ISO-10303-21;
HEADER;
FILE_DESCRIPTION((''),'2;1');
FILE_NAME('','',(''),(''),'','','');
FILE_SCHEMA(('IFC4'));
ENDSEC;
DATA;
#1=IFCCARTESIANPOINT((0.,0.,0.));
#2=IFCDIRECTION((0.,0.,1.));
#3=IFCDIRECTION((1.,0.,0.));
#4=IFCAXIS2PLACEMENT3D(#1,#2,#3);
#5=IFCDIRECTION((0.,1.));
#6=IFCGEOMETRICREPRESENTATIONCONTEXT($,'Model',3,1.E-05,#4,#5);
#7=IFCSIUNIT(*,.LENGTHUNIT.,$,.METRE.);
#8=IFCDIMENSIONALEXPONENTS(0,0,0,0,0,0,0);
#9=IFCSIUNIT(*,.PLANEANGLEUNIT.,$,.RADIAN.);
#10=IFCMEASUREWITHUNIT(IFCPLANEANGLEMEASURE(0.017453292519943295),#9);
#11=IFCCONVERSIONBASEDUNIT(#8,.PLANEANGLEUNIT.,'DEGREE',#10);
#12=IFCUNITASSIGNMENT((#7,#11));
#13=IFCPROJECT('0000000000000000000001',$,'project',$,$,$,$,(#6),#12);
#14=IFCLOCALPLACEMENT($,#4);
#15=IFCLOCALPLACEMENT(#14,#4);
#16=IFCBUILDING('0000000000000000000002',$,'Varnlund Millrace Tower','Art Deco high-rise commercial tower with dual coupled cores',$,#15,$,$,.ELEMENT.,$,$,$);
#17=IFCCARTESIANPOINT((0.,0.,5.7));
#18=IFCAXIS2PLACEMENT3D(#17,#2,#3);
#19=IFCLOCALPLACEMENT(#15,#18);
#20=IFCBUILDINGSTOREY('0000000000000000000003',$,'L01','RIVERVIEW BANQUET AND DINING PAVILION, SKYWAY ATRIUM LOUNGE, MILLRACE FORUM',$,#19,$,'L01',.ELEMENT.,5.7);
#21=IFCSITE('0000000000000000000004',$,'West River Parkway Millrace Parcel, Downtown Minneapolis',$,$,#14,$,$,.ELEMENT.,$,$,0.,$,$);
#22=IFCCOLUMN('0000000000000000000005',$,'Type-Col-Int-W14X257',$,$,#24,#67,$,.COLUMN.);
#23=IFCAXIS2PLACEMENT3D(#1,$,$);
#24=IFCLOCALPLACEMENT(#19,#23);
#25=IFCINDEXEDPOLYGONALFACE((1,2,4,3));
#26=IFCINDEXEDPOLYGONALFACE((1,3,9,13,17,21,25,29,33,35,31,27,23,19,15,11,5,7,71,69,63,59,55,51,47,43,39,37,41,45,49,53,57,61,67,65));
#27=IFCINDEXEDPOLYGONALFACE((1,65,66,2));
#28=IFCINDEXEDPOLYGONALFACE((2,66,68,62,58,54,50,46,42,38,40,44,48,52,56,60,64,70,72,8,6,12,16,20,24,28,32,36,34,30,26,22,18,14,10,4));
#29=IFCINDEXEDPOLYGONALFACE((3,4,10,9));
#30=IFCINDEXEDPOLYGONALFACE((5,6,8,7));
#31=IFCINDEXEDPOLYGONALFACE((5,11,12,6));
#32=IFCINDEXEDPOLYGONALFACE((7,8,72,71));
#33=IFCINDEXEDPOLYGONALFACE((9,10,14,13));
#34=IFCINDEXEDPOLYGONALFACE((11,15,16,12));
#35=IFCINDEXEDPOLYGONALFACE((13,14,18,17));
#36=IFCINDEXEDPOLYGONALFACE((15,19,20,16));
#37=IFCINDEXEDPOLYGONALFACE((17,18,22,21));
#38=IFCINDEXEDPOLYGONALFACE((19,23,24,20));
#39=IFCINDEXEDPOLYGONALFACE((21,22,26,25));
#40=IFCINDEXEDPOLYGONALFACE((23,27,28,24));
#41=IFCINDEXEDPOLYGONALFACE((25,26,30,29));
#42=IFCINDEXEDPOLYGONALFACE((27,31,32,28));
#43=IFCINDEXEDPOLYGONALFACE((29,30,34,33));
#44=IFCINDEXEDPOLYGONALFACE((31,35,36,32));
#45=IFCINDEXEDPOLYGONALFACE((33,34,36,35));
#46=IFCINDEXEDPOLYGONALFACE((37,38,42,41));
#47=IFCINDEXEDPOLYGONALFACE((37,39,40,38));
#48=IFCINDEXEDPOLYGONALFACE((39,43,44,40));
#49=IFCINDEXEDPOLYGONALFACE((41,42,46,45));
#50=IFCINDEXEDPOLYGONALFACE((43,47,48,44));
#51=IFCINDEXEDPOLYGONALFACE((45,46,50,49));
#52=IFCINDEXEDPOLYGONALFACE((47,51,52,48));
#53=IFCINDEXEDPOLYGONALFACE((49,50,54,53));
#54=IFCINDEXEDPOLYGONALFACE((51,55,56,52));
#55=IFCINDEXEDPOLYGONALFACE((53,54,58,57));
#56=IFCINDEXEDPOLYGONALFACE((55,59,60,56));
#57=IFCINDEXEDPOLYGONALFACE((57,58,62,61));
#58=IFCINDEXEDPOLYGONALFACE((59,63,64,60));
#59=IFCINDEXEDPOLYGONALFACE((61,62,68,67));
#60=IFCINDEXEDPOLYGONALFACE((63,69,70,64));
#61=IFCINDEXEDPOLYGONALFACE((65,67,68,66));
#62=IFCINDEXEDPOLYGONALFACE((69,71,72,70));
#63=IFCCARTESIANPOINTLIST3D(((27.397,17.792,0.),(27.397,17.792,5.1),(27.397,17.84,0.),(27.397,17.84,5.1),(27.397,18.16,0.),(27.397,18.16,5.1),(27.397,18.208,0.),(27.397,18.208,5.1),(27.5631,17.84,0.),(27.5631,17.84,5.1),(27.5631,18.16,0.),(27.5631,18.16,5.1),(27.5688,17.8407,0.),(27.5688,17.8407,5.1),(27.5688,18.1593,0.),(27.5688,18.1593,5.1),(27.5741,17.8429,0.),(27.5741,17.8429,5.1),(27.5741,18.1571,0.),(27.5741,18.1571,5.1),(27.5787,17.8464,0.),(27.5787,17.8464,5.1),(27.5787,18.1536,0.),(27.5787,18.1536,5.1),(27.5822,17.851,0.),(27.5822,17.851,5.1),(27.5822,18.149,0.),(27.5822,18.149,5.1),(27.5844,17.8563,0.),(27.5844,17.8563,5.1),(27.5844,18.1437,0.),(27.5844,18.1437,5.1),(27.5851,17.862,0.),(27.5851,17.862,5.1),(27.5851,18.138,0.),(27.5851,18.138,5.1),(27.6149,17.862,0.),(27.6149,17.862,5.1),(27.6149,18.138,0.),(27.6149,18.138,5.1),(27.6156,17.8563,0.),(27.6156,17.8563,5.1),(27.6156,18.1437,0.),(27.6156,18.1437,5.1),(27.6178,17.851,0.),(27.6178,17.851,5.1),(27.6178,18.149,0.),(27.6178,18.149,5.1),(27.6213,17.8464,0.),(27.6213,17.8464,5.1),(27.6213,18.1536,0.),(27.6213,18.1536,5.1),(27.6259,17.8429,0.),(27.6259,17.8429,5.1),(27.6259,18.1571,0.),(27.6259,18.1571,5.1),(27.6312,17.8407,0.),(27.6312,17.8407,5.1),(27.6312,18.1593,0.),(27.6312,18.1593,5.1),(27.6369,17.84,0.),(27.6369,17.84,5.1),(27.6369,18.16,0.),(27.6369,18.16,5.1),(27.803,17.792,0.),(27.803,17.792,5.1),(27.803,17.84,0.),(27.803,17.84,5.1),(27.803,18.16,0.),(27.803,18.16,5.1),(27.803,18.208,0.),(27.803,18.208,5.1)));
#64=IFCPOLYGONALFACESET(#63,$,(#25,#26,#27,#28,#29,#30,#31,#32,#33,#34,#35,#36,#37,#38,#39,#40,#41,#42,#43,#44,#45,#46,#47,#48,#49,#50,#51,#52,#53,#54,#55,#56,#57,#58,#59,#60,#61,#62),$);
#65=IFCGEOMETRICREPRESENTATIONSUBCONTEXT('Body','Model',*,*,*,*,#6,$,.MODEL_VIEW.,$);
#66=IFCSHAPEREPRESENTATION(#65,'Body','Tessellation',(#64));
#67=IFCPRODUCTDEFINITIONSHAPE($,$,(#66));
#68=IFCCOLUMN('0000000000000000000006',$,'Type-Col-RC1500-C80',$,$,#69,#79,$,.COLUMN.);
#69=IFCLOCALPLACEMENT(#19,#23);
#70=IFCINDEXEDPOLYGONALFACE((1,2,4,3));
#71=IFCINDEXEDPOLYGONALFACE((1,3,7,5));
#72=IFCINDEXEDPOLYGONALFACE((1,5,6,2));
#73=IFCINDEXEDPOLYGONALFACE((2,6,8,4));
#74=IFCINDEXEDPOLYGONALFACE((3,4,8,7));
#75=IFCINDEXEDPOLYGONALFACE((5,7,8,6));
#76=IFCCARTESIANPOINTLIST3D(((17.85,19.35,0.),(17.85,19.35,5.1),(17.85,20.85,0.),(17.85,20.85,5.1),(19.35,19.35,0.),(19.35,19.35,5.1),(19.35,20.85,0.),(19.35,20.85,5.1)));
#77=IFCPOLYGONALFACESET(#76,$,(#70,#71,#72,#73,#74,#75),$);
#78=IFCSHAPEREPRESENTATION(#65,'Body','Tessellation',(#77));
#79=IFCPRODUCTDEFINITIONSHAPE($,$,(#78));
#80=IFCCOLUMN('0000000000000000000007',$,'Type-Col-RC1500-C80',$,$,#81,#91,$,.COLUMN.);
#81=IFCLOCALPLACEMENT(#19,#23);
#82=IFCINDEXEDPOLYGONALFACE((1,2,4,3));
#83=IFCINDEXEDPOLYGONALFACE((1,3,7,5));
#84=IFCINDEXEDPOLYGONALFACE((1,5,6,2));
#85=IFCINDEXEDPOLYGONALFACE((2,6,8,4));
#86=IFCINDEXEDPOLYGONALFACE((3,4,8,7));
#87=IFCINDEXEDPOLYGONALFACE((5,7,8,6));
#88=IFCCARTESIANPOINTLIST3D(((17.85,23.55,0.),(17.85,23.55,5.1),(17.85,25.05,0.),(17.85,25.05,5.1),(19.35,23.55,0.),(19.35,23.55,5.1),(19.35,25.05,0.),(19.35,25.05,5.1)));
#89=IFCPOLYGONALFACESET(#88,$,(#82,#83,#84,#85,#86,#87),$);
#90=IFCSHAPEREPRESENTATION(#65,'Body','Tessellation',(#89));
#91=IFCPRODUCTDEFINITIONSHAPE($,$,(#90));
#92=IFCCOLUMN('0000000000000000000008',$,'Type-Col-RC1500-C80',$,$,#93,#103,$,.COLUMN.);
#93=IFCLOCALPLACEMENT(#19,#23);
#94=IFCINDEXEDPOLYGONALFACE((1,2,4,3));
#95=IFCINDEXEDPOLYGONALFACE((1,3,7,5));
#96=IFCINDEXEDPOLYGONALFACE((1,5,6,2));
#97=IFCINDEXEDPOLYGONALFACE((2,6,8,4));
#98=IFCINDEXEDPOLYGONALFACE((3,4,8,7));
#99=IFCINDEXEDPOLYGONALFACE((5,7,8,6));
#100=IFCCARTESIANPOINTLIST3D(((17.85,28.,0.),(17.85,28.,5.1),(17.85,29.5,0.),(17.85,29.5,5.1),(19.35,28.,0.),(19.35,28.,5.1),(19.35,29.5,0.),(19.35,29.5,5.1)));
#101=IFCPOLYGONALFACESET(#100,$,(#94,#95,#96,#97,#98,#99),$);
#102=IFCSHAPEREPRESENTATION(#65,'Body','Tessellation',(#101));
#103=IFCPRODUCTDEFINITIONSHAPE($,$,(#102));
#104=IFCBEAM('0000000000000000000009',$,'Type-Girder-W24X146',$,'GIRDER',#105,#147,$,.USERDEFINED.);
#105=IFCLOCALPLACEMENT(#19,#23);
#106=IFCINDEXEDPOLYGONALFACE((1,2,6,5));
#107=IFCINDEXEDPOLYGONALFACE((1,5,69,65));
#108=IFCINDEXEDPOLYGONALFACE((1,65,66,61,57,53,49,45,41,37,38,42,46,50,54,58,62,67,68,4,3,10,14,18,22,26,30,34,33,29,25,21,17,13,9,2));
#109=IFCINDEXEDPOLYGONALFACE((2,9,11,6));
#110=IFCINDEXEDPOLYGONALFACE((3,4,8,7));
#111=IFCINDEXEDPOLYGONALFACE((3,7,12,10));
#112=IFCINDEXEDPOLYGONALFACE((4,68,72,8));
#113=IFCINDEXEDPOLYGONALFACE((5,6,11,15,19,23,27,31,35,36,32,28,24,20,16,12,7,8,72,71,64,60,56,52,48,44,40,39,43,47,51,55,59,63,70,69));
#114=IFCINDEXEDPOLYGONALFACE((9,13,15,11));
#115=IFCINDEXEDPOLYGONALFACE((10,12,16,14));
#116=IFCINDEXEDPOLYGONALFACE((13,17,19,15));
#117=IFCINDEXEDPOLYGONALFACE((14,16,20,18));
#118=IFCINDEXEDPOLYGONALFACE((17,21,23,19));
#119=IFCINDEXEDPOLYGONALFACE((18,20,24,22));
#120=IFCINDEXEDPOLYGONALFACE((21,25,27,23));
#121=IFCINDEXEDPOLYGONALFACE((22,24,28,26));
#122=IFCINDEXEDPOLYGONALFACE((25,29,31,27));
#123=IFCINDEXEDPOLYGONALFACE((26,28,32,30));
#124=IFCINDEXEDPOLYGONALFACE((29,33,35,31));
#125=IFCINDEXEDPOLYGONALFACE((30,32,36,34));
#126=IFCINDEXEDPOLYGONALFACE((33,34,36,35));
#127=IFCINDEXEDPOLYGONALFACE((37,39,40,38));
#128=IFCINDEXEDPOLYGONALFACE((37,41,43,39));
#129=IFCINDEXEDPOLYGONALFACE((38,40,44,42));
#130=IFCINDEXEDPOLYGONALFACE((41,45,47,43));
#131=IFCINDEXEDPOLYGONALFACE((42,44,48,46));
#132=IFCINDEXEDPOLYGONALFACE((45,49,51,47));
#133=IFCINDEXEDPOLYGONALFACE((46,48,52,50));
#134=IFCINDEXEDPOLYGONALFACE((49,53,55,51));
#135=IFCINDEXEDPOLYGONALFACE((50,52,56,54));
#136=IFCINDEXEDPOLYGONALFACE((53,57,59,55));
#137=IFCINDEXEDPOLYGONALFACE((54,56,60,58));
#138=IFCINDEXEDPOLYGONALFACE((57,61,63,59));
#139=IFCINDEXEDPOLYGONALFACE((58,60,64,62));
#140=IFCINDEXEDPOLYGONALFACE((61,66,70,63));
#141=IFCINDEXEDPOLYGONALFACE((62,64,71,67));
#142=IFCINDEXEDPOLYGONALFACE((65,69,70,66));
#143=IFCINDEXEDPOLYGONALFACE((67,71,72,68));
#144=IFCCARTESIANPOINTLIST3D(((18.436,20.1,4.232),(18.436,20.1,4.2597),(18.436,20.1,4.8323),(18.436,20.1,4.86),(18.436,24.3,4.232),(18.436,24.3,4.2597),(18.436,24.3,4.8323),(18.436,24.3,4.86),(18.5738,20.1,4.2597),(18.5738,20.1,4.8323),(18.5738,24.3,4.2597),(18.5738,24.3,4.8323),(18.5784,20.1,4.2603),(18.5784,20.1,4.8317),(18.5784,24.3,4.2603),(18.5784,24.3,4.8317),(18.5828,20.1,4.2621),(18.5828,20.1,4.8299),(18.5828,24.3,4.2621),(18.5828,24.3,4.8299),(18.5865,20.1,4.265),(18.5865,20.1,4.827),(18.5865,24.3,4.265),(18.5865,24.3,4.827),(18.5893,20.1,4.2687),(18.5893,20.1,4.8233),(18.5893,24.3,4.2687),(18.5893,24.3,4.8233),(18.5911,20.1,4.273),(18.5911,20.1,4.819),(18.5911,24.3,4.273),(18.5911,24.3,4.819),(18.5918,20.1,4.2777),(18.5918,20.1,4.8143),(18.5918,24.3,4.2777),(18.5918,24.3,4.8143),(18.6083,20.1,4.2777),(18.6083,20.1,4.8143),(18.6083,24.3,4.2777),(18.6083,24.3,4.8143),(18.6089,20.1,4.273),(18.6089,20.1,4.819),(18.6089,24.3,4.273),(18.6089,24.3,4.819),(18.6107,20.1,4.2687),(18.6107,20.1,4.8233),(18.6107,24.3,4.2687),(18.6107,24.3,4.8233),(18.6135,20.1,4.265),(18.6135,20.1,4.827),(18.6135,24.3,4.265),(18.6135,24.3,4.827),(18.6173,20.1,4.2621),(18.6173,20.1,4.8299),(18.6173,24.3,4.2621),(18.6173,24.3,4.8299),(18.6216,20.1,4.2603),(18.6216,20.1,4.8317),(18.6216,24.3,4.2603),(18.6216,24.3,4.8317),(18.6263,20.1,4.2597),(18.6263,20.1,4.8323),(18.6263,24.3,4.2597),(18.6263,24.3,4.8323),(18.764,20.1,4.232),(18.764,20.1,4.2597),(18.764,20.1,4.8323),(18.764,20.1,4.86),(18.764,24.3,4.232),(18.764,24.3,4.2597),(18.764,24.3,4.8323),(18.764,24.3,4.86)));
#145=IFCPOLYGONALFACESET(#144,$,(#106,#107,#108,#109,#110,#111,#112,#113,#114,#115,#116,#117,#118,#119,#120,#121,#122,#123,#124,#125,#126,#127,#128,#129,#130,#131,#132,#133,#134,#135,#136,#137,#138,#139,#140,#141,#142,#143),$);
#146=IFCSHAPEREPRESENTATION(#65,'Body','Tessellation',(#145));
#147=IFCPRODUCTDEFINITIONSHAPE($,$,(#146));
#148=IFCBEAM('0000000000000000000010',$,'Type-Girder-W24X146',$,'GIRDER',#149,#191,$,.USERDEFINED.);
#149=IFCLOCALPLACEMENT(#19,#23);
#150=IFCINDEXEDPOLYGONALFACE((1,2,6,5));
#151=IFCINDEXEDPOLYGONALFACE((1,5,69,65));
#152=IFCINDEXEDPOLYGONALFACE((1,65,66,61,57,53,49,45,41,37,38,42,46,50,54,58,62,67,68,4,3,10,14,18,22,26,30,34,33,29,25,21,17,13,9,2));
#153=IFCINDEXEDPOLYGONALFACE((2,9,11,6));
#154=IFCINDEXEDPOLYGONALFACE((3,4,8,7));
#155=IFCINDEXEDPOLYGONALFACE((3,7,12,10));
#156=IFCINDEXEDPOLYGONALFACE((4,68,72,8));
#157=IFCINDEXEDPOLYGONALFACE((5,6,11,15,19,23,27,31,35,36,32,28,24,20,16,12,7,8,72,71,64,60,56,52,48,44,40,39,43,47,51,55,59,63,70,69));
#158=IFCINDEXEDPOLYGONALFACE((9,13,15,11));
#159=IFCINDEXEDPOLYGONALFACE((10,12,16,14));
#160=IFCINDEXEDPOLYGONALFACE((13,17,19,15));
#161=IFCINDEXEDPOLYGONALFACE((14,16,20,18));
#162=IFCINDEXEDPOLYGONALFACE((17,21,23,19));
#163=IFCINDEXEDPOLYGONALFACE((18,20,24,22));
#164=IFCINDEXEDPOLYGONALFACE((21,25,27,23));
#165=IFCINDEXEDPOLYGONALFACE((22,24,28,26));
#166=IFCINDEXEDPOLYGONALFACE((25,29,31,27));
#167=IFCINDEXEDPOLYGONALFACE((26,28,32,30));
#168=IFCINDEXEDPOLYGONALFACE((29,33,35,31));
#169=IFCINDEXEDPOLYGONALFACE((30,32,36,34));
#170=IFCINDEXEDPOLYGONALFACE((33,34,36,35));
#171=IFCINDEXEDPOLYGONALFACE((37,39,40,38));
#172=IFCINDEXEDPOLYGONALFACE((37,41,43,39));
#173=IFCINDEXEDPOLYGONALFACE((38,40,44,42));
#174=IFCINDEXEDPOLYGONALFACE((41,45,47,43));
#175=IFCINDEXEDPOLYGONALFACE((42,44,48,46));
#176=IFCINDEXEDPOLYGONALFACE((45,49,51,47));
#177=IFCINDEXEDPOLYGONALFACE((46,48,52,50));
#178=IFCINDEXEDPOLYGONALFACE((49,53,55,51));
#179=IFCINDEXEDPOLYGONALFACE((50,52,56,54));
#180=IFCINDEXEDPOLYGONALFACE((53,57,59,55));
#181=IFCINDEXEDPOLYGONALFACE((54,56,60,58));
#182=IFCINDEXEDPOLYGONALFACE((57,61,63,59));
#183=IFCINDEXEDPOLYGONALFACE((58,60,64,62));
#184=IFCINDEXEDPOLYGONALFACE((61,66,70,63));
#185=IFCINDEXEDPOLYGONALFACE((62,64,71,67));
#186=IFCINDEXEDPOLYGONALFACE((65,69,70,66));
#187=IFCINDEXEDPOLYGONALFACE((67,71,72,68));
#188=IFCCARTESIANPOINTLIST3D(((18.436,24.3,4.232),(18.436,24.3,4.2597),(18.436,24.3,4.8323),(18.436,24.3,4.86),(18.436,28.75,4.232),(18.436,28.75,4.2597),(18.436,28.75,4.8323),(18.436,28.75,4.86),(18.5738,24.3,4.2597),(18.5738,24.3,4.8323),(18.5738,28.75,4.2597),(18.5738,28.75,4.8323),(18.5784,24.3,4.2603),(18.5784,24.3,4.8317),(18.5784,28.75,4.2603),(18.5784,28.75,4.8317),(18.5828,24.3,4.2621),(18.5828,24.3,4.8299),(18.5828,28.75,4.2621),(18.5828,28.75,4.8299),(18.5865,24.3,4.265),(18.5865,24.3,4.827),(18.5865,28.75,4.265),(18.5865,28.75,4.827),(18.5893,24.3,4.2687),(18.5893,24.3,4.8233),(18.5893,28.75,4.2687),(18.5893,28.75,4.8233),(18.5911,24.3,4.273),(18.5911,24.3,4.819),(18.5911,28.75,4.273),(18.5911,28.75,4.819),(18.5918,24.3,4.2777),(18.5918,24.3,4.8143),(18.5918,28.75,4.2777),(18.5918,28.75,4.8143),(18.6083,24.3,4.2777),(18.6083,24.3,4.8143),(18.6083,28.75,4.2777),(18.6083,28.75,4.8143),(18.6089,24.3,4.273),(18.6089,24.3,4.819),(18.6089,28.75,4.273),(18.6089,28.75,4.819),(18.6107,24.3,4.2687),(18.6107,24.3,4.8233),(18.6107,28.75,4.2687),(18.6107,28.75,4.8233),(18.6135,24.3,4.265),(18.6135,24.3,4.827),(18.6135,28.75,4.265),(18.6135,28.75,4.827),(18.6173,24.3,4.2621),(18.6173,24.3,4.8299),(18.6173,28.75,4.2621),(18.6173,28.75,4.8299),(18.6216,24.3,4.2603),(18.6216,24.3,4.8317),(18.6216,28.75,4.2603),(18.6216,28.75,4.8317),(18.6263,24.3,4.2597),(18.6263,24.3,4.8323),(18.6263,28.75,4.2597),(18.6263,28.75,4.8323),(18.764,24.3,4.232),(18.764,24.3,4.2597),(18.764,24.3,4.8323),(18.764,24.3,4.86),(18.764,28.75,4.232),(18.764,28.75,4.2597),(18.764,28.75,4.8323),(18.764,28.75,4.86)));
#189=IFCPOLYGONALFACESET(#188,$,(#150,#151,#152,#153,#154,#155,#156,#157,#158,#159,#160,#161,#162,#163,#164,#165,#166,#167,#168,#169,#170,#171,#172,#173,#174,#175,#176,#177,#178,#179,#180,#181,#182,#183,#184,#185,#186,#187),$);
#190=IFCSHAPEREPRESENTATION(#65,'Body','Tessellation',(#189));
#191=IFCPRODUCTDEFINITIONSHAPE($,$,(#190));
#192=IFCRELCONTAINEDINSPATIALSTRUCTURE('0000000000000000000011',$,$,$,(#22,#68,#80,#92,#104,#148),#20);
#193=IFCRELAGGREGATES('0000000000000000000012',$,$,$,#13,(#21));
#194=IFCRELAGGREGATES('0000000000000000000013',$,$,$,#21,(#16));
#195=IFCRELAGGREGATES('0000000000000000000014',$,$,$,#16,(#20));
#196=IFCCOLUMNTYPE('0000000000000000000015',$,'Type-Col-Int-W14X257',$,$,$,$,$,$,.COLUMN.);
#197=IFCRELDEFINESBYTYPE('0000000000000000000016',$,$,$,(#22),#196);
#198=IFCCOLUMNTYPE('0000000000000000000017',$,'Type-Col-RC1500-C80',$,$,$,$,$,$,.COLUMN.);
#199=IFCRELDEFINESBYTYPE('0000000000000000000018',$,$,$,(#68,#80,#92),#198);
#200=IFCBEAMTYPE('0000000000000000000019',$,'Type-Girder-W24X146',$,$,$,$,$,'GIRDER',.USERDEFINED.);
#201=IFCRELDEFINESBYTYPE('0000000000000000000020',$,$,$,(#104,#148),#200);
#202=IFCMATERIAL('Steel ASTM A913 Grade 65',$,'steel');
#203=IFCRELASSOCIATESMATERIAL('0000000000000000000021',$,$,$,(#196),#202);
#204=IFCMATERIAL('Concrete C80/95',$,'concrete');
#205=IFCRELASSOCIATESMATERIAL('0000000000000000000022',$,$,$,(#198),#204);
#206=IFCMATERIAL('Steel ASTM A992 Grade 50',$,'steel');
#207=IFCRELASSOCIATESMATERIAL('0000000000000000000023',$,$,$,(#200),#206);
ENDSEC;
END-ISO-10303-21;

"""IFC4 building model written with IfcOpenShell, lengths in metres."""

from ifc_helpers import new_model, entity, si_unit, converted_unit, direction, frame, origin_with_axes, origin_2d_with_axis, place, context, subcontext, project, spatial, rectangle, i_section, extrude, material, material_profile, profile_set, type_object, element, save


model = new_model("IFC4")

# Units and contexts
model_context = context("Model", 3, precision=1e-05, world=origin_with_axes(), true_north=direction((0.0, 1.0)))
body_context = subcontext(model_context, "Body", "Model", "MODEL_VIEW")
ifc_project = project(units=[si_unit("LENGTHUNIT", "METRE"), converted_unit("PLANEANGLEUNIT", "DEGREE", entity("IfcPlaneAngleMeasure", 0.017453292519943295), si_unit("PLANEANGLEUNIT", "RADIAN"), dimensions=[0, 0, 0, 0, 0, 0, 0])], contexts=[model_context])

# Site, building, storey
site_placement = place(None, origin_with_axes())
site = spatial("IfcSite", under=ifc_project, at=site_placement, Name="West River Parkway Millrace Parcel, Downtown Minneapolis", CompositionType="ELEMENT", RefElevation=0.0)
building_placement = place(site_placement, origin_with_axes())
building = spatial("IfcBuilding", under=site, at=building_placement, Name="Varnlund Millrace Tower", Description="Art Deco high-rise commercial tower with dual coupled cores", CompositionType="ELEMENT")
storey_placement = place(building_placement, frame((0.0, 0.0, 5.7), z_axis=(0.0, 0.0, 1.0), x_axis=(1.0, 0.0, 0.0)))
storey = spatial("IfcBuildingStorey", under=building, at=storey_placement, Name="L01", Description="RIVERVIEW BANQUET AND DINING PAVILION, SKYWAY ATRIUM LOUNGE, MILLRACE FORUM", LongName="L01", CompositionType="ELEMENT", Elevation=5.7)

# Columns
ifc_material_1 = material(Name="Steel ASTM A913 Grade 65", Category="steel")
ifc_material_profile_1 = material_profile(ifc_material_1, i_section(OverallWidth=0.406, OverallDepth=0.416, WebThickness=0.0298, FlangeThickness=0.048, FilletRadius=0.022, at=origin_2d_with_axis()), Name="Steel ASTM A913 Grade 65")
ifc_profile_set_1 = profile_set([ifc_material_profile_1], Name="Steel ASTM A913 Grade 65")
column_type_1 = type_object("IfcColumnType", Name="Type-Col-Int-W14X257", PredefinedType="COLUMN", material=ifc_profile_set_1)
column_placement = place(storey_placement, frame((27.6, 18.0, 0.0), z_axis=(0.0, 0.0, 1.0), x_axis=(1.0, 0.0, 0.0)))
element("IfcColumn", 1, at=column_placement, inside=storey, type_object=column_type_1, Name="Type-Col-Int-W14X257", PredefinedType="COLUMN", context=body_context, shape_type="SweptSolid", body=[
    extrude(i_section(OverallWidth=0.406, OverallDepth=0.416, WebThickness=0.0298, FlangeThickness=0.048, FilletRadius=0.022, at=origin_2d_with_axis()), origin_with_axes(), (0.0, 0.0, 1.0), 5.1),
])
ifc_material_2 = material(Name="Concrete C80/95", Category="concrete")
ifc_material_profile_2 = material_profile(ifc_material_2, rectangle(XDim=1.5, YDim=1.5, at=origin_2d_with_axis()), Name="Concrete C80/95")
ifc_profile_set_2 = profile_set([ifc_material_profile_2], Name="Concrete C80/95")
column_type_2 = type_object("IfcColumnType", Name="Type-Col-RC1500-C80", PredefinedType="COLUMN", material=ifc_profile_set_2)
for number, where, z_axis, x_axis, name in (
    (2, (18.6, 20.1, 0.0), (0.0, 0.0, 1.0), (1.0, 0.0, 0.0), "Type-Col-RC1500-C80"),
    (3, (18.6, 24.3, 0.0), (0.0, 0.0, 1.0), (1.0, 0.0, 0.0), "Type-Col-RC1500-C80"),
    (4, (18.6, 28.75, 0.0), (0.0, 0.0, 1.0), (1.0, 0.0, 0.0), "Type-Col-RC1500-C80"),
):
    element("IfcColumn", number, at=place(storey_placement, frame(where, z_axis=z_axis, x_axis=x_axis)), inside=storey, type_object=column_type_2, Name=name, PredefinedType="COLUMN", context=body_context, shape_type="SweptSolid", body=[
        extrude(rectangle(XDim=1.5, YDim=1.5, at=origin_2d_with_axis()), origin_with_axes(), (0.0, 0.0, 1.0), 5.1),
    ])

# Beams
ifc_material_3 = material(Name="Steel ASTM A992 Grade 50", Category="steel")
ifc_material_profile_3 = material_profile(ifc_material_3, i_section(OverallWidth=0.328, OverallDepth=0.628, WebThickness=0.0165, FlangeThickness=0.0277, FilletRadius=0.018, at=origin_2d_with_axis()), Name="Steel ASTM A992 Grade 50")
ifc_profile_set_3 = profile_set([ifc_material_profile_3], Name="Steel ASTM A992 Grade 50")
beam_type_1 = type_object("IfcBeamType", Name="Type-Girder-W24X146", ElementType="GIRDER", PredefinedType="USERDEFINED", material=ifc_profile_set_3)
beam_1_placement = place(storey_placement, frame((18.6, 20.1, 4.546), z_axis=(0.0, 1.0, 0.0), x_axis=(-1.0, 0.0, 0.0)))
element("IfcBeam", 5, at=beam_1_placement, inside=storey, type_object=beam_type_1, Name="Type-Girder-W24X146", ObjectType="GIRDER", PredefinedType="USERDEFINED", context=body_context, shape_type="SweptSolid", body=[
    extrude(i_section(OverallWidth=0.328, OverallDepth=0.628, WebThickness=0.0165, FlangeThickness=0.0277, FilletRadius=0.018, at=origin_2d_with_axis()), origin_with_axes(), (0.0, 0.0, 1.0), 4.2),
])
beam_2_placement = place(storey_placement, frame((18.6, 24.3, 4.546), z_axis=(0.0, 1.0, 0.0), x_axis=(-1.0, 0.0, 0.0)))
element("IfcBeam", 6, at=beam_2_placement, inside=storey, type_object=beam_type_1, Name="Type-Girder-W24X146", ObjectType="GIRDER", PredefinedType="USERDEFINED", context=body_context, shape_type="SweptSolid", body=[
    extrude(i_section(OverallWidth=0.328, OverallDepth=0.628, WebThickness=0.0165, FlangeThickness=0.0277, FilletRadius=0.018, at=origin_2d_with_axis()), origin_with_axes(), (0.0, 0.0, 1.0), 4.45),
])

save(model, "model.ifc")
